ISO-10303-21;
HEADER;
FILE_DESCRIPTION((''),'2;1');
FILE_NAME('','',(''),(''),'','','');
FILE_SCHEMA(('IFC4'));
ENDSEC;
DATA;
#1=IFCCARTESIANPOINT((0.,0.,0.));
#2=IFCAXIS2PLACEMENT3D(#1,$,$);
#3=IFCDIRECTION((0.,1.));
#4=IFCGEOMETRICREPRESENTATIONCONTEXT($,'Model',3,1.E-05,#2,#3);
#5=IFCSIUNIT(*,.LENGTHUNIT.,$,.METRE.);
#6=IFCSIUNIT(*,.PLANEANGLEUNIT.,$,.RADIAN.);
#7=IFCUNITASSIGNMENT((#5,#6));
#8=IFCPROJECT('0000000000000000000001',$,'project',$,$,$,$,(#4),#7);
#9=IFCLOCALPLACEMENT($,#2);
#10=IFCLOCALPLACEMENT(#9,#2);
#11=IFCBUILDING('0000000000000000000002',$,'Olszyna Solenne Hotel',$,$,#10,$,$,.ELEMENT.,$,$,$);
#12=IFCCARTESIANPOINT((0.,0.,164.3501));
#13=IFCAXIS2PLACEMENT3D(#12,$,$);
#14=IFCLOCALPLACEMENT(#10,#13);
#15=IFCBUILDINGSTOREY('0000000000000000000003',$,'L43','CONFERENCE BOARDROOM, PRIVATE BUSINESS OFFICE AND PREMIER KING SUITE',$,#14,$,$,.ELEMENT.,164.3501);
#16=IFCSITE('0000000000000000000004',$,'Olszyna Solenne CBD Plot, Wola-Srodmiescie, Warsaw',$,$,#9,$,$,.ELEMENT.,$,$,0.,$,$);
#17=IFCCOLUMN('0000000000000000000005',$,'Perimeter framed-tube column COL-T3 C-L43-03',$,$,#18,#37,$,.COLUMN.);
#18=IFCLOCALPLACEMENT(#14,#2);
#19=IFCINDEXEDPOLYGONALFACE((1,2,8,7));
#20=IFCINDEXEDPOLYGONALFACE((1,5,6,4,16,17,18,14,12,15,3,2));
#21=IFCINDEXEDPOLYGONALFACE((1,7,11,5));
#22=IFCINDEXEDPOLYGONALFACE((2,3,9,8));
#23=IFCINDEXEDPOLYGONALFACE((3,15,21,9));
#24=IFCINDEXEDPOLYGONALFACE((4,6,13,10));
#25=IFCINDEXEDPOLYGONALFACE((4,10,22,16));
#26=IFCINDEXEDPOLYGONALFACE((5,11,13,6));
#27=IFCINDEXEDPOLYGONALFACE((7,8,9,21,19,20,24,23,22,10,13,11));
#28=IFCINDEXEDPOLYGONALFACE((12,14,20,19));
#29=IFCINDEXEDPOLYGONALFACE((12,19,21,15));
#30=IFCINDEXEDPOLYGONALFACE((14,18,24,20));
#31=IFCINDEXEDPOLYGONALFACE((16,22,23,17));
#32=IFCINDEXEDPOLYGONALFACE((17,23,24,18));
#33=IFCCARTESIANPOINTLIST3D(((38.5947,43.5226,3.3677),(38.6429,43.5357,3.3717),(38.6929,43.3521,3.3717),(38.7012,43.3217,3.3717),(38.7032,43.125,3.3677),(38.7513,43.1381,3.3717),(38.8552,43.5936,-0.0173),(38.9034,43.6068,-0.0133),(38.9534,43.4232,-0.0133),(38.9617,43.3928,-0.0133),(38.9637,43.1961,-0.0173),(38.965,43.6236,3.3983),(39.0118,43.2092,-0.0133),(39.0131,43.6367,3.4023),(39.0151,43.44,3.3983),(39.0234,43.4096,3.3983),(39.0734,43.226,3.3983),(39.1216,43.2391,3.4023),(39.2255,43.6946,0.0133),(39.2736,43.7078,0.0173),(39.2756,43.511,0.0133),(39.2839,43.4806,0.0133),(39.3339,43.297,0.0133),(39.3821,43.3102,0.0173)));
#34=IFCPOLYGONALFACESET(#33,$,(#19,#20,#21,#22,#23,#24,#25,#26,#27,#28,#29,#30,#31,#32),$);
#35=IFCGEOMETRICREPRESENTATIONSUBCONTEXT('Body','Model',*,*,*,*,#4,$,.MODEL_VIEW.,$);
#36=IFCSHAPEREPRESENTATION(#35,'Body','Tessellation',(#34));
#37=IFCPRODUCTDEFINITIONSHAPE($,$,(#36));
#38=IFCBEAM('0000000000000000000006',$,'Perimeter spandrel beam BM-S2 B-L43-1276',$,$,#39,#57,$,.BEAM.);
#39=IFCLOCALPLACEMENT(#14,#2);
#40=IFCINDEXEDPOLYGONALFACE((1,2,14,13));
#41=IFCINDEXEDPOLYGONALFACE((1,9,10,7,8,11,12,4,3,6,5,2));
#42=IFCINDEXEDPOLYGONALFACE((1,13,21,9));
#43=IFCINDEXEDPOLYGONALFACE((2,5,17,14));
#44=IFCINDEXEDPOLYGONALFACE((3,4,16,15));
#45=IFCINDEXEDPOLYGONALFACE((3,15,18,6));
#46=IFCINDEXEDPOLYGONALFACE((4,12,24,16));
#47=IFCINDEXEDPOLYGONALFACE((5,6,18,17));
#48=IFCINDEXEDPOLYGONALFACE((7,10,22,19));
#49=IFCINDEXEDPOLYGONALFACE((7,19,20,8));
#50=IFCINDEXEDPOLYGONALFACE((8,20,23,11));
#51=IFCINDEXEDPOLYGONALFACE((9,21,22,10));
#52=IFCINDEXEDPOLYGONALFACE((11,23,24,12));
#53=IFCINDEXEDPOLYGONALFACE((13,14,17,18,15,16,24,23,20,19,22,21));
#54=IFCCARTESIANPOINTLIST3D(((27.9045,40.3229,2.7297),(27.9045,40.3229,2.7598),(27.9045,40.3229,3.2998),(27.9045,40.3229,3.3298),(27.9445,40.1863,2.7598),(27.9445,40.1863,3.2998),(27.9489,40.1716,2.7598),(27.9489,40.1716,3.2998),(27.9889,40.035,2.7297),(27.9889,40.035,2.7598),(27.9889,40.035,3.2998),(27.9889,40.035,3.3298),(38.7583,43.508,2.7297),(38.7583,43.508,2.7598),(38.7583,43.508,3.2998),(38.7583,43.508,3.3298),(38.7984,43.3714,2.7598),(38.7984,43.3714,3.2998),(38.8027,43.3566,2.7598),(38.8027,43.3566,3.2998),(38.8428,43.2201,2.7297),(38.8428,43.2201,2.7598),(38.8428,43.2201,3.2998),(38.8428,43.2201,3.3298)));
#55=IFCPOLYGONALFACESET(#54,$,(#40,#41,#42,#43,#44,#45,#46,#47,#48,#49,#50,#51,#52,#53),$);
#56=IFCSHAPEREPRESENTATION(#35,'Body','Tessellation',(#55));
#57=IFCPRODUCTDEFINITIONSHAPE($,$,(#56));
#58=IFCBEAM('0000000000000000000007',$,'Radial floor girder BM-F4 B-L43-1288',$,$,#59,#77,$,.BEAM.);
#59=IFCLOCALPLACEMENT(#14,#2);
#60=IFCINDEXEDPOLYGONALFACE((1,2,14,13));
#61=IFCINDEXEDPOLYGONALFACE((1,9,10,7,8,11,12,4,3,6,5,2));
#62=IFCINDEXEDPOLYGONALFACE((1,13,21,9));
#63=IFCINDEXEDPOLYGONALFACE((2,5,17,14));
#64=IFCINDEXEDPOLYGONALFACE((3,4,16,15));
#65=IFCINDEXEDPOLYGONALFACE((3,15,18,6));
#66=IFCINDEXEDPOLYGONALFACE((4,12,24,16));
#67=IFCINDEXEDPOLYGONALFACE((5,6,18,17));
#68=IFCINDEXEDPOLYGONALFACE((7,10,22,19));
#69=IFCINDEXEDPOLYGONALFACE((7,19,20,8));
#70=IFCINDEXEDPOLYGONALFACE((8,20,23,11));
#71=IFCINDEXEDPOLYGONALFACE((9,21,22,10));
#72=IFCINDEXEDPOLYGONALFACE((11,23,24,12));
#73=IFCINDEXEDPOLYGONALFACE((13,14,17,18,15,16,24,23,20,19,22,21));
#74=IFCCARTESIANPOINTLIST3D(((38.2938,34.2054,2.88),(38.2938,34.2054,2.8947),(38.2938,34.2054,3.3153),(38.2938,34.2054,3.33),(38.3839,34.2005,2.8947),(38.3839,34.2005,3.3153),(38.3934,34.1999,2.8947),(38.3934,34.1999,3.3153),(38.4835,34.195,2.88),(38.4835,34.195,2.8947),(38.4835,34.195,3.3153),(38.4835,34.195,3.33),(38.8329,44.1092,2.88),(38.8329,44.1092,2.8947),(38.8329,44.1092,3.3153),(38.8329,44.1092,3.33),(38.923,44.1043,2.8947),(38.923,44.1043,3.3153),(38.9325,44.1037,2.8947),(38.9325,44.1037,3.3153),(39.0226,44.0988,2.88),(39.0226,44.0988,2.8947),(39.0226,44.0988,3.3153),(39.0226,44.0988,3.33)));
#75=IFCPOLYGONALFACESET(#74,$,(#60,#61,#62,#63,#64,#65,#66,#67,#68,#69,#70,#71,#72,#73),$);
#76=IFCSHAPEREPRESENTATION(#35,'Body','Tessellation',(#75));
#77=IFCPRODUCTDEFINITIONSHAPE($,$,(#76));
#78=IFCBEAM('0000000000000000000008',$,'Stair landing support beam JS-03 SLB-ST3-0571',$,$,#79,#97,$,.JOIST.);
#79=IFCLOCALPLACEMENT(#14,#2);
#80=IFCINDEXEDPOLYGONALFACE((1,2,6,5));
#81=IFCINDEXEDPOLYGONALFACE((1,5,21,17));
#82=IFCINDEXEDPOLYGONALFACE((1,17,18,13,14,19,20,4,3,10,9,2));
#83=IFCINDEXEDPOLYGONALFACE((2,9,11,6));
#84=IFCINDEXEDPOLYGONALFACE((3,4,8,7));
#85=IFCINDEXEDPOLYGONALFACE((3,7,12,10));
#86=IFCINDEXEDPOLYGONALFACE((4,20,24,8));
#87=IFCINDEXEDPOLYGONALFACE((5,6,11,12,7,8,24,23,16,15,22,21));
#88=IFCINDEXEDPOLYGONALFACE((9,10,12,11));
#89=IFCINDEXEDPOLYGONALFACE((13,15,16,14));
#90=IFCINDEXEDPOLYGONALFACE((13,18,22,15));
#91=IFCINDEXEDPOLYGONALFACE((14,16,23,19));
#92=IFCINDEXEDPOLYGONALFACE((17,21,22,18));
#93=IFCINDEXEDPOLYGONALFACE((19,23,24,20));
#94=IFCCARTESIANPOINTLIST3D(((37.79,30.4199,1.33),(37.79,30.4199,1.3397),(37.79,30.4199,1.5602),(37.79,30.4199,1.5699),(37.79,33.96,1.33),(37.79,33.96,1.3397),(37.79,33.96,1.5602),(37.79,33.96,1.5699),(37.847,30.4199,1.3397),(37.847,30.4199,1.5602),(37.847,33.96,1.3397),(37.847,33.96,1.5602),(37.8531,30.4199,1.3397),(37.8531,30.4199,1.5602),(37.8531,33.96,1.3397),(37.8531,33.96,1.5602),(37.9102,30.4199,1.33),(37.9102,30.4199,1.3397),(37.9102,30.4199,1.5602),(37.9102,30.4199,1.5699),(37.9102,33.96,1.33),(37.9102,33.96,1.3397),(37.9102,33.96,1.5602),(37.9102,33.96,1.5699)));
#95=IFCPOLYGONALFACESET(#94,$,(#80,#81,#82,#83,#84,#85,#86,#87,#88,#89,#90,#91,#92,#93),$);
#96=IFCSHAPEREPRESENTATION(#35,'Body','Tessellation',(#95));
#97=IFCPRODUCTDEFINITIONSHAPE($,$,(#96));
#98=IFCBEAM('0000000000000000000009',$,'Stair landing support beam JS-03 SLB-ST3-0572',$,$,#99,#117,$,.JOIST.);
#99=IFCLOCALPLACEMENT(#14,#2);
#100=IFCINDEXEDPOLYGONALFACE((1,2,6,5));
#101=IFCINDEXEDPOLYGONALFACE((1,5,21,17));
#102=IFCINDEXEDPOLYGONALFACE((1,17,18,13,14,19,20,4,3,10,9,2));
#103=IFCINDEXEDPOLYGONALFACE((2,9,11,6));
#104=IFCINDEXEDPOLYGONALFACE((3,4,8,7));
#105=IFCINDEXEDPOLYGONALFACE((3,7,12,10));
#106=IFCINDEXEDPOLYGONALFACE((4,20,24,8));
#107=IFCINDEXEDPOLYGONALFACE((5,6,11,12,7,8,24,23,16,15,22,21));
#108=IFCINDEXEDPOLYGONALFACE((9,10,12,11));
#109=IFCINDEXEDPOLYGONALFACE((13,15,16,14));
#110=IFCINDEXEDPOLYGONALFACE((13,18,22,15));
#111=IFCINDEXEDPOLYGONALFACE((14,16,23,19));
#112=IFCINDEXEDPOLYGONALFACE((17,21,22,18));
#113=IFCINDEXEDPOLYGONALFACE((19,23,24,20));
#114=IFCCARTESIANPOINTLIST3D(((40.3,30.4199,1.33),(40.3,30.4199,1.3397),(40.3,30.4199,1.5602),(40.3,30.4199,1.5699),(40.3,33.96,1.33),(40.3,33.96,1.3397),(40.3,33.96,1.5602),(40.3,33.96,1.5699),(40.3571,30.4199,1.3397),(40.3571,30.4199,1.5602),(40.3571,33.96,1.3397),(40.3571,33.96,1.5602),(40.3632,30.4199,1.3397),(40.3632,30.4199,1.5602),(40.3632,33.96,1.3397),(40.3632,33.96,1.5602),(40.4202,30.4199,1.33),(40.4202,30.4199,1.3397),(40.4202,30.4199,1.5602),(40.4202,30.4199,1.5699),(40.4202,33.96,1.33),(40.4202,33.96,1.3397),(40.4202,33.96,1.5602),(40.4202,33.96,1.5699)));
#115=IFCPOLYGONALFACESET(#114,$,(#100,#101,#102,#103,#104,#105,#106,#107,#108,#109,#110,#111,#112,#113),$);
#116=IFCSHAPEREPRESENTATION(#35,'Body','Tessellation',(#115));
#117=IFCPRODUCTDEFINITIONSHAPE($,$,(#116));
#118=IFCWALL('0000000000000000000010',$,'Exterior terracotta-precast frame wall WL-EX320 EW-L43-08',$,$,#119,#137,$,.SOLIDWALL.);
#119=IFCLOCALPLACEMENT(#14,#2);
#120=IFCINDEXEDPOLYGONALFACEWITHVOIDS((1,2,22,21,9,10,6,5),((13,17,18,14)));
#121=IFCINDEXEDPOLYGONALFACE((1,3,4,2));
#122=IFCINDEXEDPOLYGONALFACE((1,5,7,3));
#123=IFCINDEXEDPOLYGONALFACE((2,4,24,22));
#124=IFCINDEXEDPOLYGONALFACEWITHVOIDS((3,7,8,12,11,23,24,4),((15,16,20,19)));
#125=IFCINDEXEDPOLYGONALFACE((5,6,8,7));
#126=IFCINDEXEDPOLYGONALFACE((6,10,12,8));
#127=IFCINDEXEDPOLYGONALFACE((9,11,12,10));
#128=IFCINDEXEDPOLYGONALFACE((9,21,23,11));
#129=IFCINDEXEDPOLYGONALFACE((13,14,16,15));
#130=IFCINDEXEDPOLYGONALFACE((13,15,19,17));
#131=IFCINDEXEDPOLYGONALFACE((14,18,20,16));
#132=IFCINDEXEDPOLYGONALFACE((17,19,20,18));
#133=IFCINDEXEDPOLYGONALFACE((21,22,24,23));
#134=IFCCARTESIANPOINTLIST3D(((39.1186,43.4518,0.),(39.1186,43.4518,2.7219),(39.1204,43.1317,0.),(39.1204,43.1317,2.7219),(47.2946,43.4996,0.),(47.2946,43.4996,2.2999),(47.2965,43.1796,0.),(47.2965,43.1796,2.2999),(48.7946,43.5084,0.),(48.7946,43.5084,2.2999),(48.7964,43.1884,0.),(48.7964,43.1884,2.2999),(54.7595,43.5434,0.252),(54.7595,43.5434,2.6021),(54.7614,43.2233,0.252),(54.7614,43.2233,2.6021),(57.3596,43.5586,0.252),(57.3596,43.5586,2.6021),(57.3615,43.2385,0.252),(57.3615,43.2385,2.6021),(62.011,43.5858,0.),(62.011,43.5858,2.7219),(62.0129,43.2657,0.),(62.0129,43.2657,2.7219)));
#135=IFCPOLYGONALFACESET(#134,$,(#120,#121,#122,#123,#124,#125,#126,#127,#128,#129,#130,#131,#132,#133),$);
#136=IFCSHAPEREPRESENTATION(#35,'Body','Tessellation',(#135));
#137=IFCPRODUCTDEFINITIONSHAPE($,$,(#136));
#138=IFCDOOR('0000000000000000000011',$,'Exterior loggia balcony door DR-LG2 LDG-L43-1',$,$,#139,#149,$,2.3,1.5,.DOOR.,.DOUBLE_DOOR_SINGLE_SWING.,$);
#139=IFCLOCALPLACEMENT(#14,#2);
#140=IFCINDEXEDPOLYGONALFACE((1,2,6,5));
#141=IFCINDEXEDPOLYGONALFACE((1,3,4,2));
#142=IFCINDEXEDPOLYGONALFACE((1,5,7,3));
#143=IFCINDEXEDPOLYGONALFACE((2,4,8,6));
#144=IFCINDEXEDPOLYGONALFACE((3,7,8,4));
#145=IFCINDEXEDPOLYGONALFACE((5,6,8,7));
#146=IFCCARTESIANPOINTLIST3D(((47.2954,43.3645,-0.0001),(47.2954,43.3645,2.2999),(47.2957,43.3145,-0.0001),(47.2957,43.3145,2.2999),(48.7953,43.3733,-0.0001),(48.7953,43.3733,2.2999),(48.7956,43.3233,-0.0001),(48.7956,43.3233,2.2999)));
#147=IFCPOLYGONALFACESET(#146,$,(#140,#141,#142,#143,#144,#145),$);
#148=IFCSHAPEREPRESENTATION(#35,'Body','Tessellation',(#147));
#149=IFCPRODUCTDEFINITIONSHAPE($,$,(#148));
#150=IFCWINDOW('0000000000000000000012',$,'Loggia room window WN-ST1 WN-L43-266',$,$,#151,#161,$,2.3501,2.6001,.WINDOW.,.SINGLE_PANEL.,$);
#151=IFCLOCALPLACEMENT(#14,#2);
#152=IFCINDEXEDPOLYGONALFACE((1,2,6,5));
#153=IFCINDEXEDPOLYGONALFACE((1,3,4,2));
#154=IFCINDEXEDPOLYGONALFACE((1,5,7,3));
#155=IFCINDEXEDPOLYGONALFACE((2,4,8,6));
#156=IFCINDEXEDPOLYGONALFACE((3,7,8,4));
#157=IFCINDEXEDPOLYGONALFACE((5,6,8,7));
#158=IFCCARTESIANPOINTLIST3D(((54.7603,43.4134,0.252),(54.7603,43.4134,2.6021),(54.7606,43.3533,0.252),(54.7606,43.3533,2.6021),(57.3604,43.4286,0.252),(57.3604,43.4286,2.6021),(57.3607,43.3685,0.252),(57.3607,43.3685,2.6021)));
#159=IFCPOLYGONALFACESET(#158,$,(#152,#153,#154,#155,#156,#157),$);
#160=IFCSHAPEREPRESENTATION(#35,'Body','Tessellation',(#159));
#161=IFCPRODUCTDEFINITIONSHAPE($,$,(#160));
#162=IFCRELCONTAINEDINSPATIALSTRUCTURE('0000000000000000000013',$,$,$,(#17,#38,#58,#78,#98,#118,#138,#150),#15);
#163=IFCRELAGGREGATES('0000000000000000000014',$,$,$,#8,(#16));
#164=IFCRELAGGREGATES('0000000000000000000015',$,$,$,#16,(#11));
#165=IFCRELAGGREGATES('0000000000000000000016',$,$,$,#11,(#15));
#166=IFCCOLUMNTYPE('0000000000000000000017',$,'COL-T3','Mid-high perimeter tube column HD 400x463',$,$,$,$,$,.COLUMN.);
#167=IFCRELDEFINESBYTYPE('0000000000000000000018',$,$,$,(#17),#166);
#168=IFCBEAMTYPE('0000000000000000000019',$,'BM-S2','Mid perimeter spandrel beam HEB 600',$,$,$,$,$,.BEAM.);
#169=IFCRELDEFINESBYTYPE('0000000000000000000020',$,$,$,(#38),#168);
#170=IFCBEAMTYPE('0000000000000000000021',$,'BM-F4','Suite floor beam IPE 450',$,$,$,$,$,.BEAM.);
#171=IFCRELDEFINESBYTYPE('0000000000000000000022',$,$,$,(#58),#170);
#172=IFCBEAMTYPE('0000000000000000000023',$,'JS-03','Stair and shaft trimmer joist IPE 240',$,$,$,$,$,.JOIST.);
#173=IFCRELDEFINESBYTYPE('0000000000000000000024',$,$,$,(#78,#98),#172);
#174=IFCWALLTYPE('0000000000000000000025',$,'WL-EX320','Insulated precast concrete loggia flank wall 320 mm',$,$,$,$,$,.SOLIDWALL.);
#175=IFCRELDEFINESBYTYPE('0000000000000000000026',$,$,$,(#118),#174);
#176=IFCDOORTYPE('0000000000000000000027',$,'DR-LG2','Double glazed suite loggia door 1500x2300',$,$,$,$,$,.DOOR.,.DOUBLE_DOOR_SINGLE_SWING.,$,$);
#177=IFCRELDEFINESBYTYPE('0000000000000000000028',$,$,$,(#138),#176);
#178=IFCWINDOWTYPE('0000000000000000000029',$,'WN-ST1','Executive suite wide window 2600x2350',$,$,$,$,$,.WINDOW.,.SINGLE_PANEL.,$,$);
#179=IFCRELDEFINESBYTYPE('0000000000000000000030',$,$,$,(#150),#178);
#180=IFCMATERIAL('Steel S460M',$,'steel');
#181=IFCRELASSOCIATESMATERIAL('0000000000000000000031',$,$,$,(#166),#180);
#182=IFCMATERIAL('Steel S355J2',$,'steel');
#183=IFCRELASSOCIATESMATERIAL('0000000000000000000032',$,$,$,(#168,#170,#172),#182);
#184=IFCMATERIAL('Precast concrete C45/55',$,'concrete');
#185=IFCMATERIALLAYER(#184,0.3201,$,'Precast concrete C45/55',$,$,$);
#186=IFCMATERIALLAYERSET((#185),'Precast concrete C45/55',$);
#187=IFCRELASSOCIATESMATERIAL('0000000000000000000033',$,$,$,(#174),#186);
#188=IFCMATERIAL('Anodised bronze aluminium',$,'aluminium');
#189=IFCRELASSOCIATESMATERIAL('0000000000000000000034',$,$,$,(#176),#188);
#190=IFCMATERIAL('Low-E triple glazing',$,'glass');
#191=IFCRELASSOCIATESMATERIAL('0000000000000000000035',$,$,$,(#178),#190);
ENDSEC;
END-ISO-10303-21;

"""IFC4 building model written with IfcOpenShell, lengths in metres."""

from ifc_helpers import new_model, si_unit, direction, frame, frame_2d, origin, origin_2d, place, context, subcontext, project, spatial, rectangle, i_section, extrude, source, transform, mapped, material, layer, layer_set, material_profile, profile_set, type_object, type_shapes, element, fill, save


model = new_model("IFC4")

# Units and contexts
model_context = context("Model", 3, precision=1e-05, world=origin(), true_north=direction((0.0, 1.0)))
body_context = subcontext(model_context, "Body", "Model", "MODEL_VIEW")
ifc_project = project(units=[si_unit("LENGTHUNIT", "METRE"), si_unit("PLANEANGLEUNIT", "RADIAN")], contexts=[model_context])

# Site, building, storey
site_placement = place(None, origin())
site = spatial("IfcSite", under=ifc_project, at=site_placement, Name="Olszyna Solenne CBD Plot, Wola-Srodmiescie, Warsaw", CompositionType="ELEMENT", RefElevation=0.0)
building_placement = place(site_placement, origin())
building = spatial("IfcBuilding", under=site, at=building_placement, Name="Olszyna Solenne Hotel", CompositionType="ELEMENT")
storey_placement = place(building_placement, frame((0.0, 0.0, 164.3501)))
storey = spatial("IfcBuildingStorey", under=building, at=storey_placement, Name="L43", Description="CONFERENCE BOARDROOM, PRIVATE BUSINESS OFFICE AND PREMIER KING SUITE", CompositionType="ELEMENT", Elevation=164.3501)

# Column
ifc_material_1 = material(Name="Steel S460M", Category="steel")
ifc_material_profile_1 = material_profile(ifc_material_1, i_section(OverallWidth=0.4121, OverallDepth=0.4351, WebThickness=0.0315, FlangeThickness=0.05, at=origin_2d()), Name="HD 400x463", Category="load-bearing")
ifc_profile_set_1 = profile_set([ifc_material_profile_1], Name="Steel S460M")
column_type = type_object("IfcColumnType", Name="COL-T3", Description="Mid-high perimeter tube column HD 400x463", PredefinedType="COLUMN", material=ifc_profile_set_1)
shared_shape_1 = source(origin(), body_context, "Body", "SweptSolid", [
    extrude(i_section(OverallWidth=0.4121, OverallDepth=0.4351, WebThickness=0.0315, FlangeThickness=0.05, at=origin_2d()), origin(), (0.0, 0.0, 1.0), 3.3958),
])
column_placement = place(storey_placement, frame((39.1187, 43.4519, 0.0), z_axis=(-0.076713, -0.020922, 0.996834), x_axis=(0.263117, -0.964764, 0.0)))
element("IfcColumn", 1, at=column_placement, inside=storey, type_object=column_type, Name="Perimeter framed-tube column COL-T3 C-L43-03", PredefinedType="COLUMN", context=body_context, shape_type="MappedRepresentation", body=[
    mapped(shared_shape_1, transform((0.0, 0.0, 0.0), x_axis=(1.0, 0.0, 0.0), y_axis=(0.0, 1.0, 0.0), z_axis=(0.0, 0.0, 1.0), scale=1.0)),
])

# Beams
ifc_material_2 = material(Name="Steel S355J2", Category="steel")
ifc_material_profile_2 = material_profile(ifc_material_2, i_section(OverallWidth=0.3, OverallDepth=0.6001, WebThickness=0.0154, FlangeThickness=0.03, at=origin_2d()), Name="HEB 600", Category="load-bearing")
ifc_profile_set_2 = profile_set([ifc_material_profile_2], Name="Steel S355J2")
beam_type_1 = type_object("IfcBeamType", Name="BM-S2", Description="Mid perimeter spandrel beam HEB 600", PredefinedType="BEAM", material=ifc_profile_set_2)
shared_shape_2 = source(origin(), body_context, "Body", "SweptSolid", [
    extrude(i_section(OverallWidth=0.3, OverallDepth=0.6001, WebThickness=0.0154, FlangeThickness=0.03, at=origin_2d()), origin(), (0.0, 0.0, 1.0), 11.3115),
])
beam_1_placement = place(storey_placement, frame((38.8005, 43.364, 3.0298), z_axis=(-0.959538, -0.281578, 0.0), x_axis=(0.281578, -0.959538, 0.0)))
element("IfcBeam", 2, at=beam_1_placement, inside=storey, type_object=beam_type_1, Name="Perimeter spandrel beam BM-S2 B-L43-1276", PredefinedType="BEAM", context=body_context, shape_type="MappedRepresentation", body=[
    mapped(shared_shape_2, transform((0.0, 0.0, 0.0), x_axis=(1.0, 0.0, 0.0), y_axis=(0.0, 1.0, 0.0), z_axis=(0.0, 0.0, 1.0), scale=1.0)),
])
ifc_material_profile_3 = material_profile(ifc_material_2, i_section(OverallWidth=0.1899, OverallDepth=0.45, WebThickness=0.0095, FlangeThickness=0.0146, at=origin_2d()), Name="IPE 450", Category="load-bearing")
ifc_profile_set_3 = profile_set([ifc_material_profile_3], Name="Steel S355J2")
beam_type_2 = type_object("IfcBeamType", Name="BM-F4", Description="Suite floor beam IPE 450", PredefinedType="BEAM", material=ifc_profile_set_3)
shared_shape_3 = source(origin(), body_context, "Body", "SweptSolid", [
    extrude(i_section(OverallWidth=0.1899, OverallDepth=0.45, WebThickness=0.0095, FlangeThickness=0.0146, at=origin_2d()), origin(), (0.0, 0.0, 1.0), 9.9185),
])
beam_2_placement = place(storey_placement, frame((38.9277, 44.104, 3.105), z_axis=(-0.054349, -0.998522, 0.0), x_axis=(0.998522, -0.054349, 0.0)))
element("IfcBeam", 3, at=beam_2_placement, inside=storey, type_object=beam_type_2, Name="Radial floor girder BM-F4 B-L43-1288", PredefinedType="BEAM", context=body_context, shape_type="MappedRepresentation", body=[
    mapped(shared_shape_3, transform((0.0, 0.0, 0.0), x_axis=(1.0, 0.0, 0.0), y_axis=(0.0, 1.0, 0.0), z_axis=(0.0, 0.0, 1.0), scale=1.0)),
])
ifc_material_profile_4 = material_profile(ifc_material_2, i_section(OverallWidth=0.1201, OverallDepth=0.24, WebThickness=0.0061, FlangeThickness=0.0098, at=origin_2d()), Name="IPE 240", Category="load-bearing")
ifc_profile_set_4 = profile_set([ifc_material_profile_4], Name="Steel S355J2")
beam_type_3 = type_object("IfcBeamType", Name="JS-03", Description="Stair and shaft trimmer joist IPE 240", PredefinedType="JOIST", material=ifc_profile_set_4)
shared_shape_4 = source(origin(), body_context, "Body", "SweptSolid", [
    extrude(i_section(OverallWidth=0.1201, OverallDepth=0.24, WebThickness=0.0061, FlangeThickness=0.0098, at=origin_2d()), origin(), (0.0, 0.0, 1.0), 3.54),
])
for number, where, z_axis, x_axis, name in (
    (4, (37.8501, 30.4199, 1.45), (0.0, 1.0, 0.0), (-1.0, 0.0, 0.0), "Stair landing support beam JS-03 SLB-ST3-0571"),
    (5, (40.3601, 30.4199, 1.45), (0.0, 1.0, 0.0), (-1.0, 0.0, 0.0), "Stair landing support beam JS-03 SLB-ST3-0572"),
):
    element("IfcBeam", number, at=place(storey_placement, frame(where, z_axis=z_axis, x_axis=x_axis)), inside=storey, type_object=beam_type_3, Name=name, PredefinedType="JOIST", context=body_context, shape_type="MappedRepresentation", body=[
        mapped(shared_shape_4, transform((0.0, 0.0, 0.0), x_axis=(1.0, 0.0, 0.0), y_axis=(0.0, 1.0, 0.0), z_axis=(0.0, 0.0, 1.0), scale=1.0)),
    ])

# Wall, openings, door, window
ifc_material_3 = material(Name="Precast concrete C45/55", Category="concrete")
ifc_layer_1 = layer(ifc_material_3, 0.3201, Name="Precast concrete C45/55")
ifc_layer_set_1 = layer_set([ifc_layer_1], Name="Precast concrete C45/55")
wall_type_1 = type_object("IfcWallType", Name="WL-EX320", Description="Insulated precast concrete loggia flank wall 320 mm", PredefinedType="SOLIDWALL", material=ifc_layer_set_1)
wall_1_placement = place(storey_placement, frame((39.1196, 43.2917, 0.0), z_axis=(0.0, 0.0, 1.0), x_axis=(0.999983, 0.005855, 0.0)))
wall_1 = element("IfcWall", 6, at=wall_1_placement, inside=storey, type_object=wall_type_1, Name="Exterior terracotta-precast frame wall WL-EX320 EW-L43-08", PredefinedType="SOLIDWALL", context=body_context, shape_type="SweptSolid", body=[
    extrude(rectangle(XDim=22.8928, YDim=0.3201, at=frame_2d((11.4463, 0.0))), origin(), (0.0, 0.0, 1.0), 2.7219),
])
opening_1_placement = place(wall_1_placement, frame((8.176, 0.0, 0.0)))
opening_1 = element("IfcOpeningElement", 7, at=opening_1_placement, cuts=wall_1, PredefinedType="OPENING", context=body_context, shape_type="SweptSolid", body=[
    extrude(rectangle(XDim=1.5, YDim=2.3, at=frame_2d((0.75, 1.1499))), frame((0.0, 0.1699, 0.0), z_axis=(0.0, -1.0, 0.0), x_axis=(1.0, 0.0, 0.0)), (0.0, 0.0, 1.0), 0.3401),
])
opening_2_placement = place(wall_1_placement, frame((15.6411, 0.0, 0.252)))
opening_2 = element("IfcOpeningElement", 8, at=opening_2_placement, cuts=wall_1, PredefinedType="OPENING", context=body_context, shape_type="SweptSolid", body=[
    extrude(rectangle(XDim=2.6001, YDim=2.3501, at=frame_2d((1.3, 1.175))), frame((0.0, 0.1699, 0.0), z_axis=(0.0, -1.0, 0.0), x_axis=(1.0, 0.0, 0.0)), (0.0, 0.0, 1.0), 0.3401),
])
ifc_material_4 = material(Name="Anodised bronze aluminium", Category="aluminium")
door_type_1 = type_object("IfcDoorType", Name="DR-LG2", Description="Double glazed suite loggia door 1500x2300", OperationType="DOUBLE_DOOR_SINGLE_SWING", PredefinedType="DOOR", material=ifc_material_4)
shared_shape_5 = source(origin(), body_context, "Body", "SweptSolid", [
    extrude(rectangle(XDim=1.5, YDim=2.3, at=frame_2d((0.75, 1.1499))), frame((0.0, 0.0249, 0.0), z_axis=(0.0, -1.0, 0.0), x_axis=(1.0, 0.0, 0.0)), (0.0, 0.0, 1.0), 0.05),
])
type_shapes(door_type_1, [shared_shape_5])
door_1_placement = place(opening_1_placement, origin())
door_1 = element("IfcDoor", 9, at=door_1_placement, inside=storey, type_object=door_type_1, Name="Exterior loggia balcony door DR-LG2 LDG-L43-1", OperationType="DOUBLE_DOOR_SINGLE_SWING", OverallHeight=2.3, OverallWidth=1.5, PredefinedType="DOOR", context=body_context, shape_type="MappedRepresentation", body=[
    mapped(shared_shape_5, transform((0.0, 0.0, 0.0), x_axis=(1.0, 0.0, 0.0), y_axis=(0.0, 1.0, 0.0), z_axis=(0.0, 0.0, 1.0), scale=1.0)),
])
fill(opening_1, door_1)
ifc_material_5 = material(Name="Low-E triple glazing", Category="glass")
window_type = type_object("IfcWindowType", Name="WN-ST1", Description="Executive suite wide window 2600x2350", PartitioningType="SINGLE_PANEL", PredefinedType="WINDOW", material=ifc_material_5)
shared_shape_6 = source(origin(), body_context, "Body", "SweptSolid", [
    extrude(rectangle(XDim=2.6001, YDim=2.3501, at=frame_2d((1.3, 1.175))), frame((0.0, 0.03, 0.0), z_axis=(0.0, -1.0, 0.0), x_axis=(1.0, 0.0, 0.0)), (0.0, 0.0, 1.0), 0.0601),
])
type_shapes(window_type, [shared_shape_6])
window_placement = place(opening_2_placement, origin())
window = element("IfcWindow", 10, at=window_placement, inside=storey, type_object=window_type, Name="Loggia room window WN-ST1 WN-L43-266", OverallHeight=2.3501, OverallWidth=2.6001, PartitioningType="SINGLE_PANEL", PredefinedType="WINDOW", context=body_context, shape_type="MappedRepresentation", body=[
    mapped(shared_shape_6, transform((0.0, 0.0, 0.0), x_axis=(1.0, 0.0, 0.0), y_axis=(0.0, 1.0, 0.0), z_axis=(0.0, 0.0, 1.0), scale=1.0)),
])
fill(opening_2, window)

save(model, "model.ifc")
